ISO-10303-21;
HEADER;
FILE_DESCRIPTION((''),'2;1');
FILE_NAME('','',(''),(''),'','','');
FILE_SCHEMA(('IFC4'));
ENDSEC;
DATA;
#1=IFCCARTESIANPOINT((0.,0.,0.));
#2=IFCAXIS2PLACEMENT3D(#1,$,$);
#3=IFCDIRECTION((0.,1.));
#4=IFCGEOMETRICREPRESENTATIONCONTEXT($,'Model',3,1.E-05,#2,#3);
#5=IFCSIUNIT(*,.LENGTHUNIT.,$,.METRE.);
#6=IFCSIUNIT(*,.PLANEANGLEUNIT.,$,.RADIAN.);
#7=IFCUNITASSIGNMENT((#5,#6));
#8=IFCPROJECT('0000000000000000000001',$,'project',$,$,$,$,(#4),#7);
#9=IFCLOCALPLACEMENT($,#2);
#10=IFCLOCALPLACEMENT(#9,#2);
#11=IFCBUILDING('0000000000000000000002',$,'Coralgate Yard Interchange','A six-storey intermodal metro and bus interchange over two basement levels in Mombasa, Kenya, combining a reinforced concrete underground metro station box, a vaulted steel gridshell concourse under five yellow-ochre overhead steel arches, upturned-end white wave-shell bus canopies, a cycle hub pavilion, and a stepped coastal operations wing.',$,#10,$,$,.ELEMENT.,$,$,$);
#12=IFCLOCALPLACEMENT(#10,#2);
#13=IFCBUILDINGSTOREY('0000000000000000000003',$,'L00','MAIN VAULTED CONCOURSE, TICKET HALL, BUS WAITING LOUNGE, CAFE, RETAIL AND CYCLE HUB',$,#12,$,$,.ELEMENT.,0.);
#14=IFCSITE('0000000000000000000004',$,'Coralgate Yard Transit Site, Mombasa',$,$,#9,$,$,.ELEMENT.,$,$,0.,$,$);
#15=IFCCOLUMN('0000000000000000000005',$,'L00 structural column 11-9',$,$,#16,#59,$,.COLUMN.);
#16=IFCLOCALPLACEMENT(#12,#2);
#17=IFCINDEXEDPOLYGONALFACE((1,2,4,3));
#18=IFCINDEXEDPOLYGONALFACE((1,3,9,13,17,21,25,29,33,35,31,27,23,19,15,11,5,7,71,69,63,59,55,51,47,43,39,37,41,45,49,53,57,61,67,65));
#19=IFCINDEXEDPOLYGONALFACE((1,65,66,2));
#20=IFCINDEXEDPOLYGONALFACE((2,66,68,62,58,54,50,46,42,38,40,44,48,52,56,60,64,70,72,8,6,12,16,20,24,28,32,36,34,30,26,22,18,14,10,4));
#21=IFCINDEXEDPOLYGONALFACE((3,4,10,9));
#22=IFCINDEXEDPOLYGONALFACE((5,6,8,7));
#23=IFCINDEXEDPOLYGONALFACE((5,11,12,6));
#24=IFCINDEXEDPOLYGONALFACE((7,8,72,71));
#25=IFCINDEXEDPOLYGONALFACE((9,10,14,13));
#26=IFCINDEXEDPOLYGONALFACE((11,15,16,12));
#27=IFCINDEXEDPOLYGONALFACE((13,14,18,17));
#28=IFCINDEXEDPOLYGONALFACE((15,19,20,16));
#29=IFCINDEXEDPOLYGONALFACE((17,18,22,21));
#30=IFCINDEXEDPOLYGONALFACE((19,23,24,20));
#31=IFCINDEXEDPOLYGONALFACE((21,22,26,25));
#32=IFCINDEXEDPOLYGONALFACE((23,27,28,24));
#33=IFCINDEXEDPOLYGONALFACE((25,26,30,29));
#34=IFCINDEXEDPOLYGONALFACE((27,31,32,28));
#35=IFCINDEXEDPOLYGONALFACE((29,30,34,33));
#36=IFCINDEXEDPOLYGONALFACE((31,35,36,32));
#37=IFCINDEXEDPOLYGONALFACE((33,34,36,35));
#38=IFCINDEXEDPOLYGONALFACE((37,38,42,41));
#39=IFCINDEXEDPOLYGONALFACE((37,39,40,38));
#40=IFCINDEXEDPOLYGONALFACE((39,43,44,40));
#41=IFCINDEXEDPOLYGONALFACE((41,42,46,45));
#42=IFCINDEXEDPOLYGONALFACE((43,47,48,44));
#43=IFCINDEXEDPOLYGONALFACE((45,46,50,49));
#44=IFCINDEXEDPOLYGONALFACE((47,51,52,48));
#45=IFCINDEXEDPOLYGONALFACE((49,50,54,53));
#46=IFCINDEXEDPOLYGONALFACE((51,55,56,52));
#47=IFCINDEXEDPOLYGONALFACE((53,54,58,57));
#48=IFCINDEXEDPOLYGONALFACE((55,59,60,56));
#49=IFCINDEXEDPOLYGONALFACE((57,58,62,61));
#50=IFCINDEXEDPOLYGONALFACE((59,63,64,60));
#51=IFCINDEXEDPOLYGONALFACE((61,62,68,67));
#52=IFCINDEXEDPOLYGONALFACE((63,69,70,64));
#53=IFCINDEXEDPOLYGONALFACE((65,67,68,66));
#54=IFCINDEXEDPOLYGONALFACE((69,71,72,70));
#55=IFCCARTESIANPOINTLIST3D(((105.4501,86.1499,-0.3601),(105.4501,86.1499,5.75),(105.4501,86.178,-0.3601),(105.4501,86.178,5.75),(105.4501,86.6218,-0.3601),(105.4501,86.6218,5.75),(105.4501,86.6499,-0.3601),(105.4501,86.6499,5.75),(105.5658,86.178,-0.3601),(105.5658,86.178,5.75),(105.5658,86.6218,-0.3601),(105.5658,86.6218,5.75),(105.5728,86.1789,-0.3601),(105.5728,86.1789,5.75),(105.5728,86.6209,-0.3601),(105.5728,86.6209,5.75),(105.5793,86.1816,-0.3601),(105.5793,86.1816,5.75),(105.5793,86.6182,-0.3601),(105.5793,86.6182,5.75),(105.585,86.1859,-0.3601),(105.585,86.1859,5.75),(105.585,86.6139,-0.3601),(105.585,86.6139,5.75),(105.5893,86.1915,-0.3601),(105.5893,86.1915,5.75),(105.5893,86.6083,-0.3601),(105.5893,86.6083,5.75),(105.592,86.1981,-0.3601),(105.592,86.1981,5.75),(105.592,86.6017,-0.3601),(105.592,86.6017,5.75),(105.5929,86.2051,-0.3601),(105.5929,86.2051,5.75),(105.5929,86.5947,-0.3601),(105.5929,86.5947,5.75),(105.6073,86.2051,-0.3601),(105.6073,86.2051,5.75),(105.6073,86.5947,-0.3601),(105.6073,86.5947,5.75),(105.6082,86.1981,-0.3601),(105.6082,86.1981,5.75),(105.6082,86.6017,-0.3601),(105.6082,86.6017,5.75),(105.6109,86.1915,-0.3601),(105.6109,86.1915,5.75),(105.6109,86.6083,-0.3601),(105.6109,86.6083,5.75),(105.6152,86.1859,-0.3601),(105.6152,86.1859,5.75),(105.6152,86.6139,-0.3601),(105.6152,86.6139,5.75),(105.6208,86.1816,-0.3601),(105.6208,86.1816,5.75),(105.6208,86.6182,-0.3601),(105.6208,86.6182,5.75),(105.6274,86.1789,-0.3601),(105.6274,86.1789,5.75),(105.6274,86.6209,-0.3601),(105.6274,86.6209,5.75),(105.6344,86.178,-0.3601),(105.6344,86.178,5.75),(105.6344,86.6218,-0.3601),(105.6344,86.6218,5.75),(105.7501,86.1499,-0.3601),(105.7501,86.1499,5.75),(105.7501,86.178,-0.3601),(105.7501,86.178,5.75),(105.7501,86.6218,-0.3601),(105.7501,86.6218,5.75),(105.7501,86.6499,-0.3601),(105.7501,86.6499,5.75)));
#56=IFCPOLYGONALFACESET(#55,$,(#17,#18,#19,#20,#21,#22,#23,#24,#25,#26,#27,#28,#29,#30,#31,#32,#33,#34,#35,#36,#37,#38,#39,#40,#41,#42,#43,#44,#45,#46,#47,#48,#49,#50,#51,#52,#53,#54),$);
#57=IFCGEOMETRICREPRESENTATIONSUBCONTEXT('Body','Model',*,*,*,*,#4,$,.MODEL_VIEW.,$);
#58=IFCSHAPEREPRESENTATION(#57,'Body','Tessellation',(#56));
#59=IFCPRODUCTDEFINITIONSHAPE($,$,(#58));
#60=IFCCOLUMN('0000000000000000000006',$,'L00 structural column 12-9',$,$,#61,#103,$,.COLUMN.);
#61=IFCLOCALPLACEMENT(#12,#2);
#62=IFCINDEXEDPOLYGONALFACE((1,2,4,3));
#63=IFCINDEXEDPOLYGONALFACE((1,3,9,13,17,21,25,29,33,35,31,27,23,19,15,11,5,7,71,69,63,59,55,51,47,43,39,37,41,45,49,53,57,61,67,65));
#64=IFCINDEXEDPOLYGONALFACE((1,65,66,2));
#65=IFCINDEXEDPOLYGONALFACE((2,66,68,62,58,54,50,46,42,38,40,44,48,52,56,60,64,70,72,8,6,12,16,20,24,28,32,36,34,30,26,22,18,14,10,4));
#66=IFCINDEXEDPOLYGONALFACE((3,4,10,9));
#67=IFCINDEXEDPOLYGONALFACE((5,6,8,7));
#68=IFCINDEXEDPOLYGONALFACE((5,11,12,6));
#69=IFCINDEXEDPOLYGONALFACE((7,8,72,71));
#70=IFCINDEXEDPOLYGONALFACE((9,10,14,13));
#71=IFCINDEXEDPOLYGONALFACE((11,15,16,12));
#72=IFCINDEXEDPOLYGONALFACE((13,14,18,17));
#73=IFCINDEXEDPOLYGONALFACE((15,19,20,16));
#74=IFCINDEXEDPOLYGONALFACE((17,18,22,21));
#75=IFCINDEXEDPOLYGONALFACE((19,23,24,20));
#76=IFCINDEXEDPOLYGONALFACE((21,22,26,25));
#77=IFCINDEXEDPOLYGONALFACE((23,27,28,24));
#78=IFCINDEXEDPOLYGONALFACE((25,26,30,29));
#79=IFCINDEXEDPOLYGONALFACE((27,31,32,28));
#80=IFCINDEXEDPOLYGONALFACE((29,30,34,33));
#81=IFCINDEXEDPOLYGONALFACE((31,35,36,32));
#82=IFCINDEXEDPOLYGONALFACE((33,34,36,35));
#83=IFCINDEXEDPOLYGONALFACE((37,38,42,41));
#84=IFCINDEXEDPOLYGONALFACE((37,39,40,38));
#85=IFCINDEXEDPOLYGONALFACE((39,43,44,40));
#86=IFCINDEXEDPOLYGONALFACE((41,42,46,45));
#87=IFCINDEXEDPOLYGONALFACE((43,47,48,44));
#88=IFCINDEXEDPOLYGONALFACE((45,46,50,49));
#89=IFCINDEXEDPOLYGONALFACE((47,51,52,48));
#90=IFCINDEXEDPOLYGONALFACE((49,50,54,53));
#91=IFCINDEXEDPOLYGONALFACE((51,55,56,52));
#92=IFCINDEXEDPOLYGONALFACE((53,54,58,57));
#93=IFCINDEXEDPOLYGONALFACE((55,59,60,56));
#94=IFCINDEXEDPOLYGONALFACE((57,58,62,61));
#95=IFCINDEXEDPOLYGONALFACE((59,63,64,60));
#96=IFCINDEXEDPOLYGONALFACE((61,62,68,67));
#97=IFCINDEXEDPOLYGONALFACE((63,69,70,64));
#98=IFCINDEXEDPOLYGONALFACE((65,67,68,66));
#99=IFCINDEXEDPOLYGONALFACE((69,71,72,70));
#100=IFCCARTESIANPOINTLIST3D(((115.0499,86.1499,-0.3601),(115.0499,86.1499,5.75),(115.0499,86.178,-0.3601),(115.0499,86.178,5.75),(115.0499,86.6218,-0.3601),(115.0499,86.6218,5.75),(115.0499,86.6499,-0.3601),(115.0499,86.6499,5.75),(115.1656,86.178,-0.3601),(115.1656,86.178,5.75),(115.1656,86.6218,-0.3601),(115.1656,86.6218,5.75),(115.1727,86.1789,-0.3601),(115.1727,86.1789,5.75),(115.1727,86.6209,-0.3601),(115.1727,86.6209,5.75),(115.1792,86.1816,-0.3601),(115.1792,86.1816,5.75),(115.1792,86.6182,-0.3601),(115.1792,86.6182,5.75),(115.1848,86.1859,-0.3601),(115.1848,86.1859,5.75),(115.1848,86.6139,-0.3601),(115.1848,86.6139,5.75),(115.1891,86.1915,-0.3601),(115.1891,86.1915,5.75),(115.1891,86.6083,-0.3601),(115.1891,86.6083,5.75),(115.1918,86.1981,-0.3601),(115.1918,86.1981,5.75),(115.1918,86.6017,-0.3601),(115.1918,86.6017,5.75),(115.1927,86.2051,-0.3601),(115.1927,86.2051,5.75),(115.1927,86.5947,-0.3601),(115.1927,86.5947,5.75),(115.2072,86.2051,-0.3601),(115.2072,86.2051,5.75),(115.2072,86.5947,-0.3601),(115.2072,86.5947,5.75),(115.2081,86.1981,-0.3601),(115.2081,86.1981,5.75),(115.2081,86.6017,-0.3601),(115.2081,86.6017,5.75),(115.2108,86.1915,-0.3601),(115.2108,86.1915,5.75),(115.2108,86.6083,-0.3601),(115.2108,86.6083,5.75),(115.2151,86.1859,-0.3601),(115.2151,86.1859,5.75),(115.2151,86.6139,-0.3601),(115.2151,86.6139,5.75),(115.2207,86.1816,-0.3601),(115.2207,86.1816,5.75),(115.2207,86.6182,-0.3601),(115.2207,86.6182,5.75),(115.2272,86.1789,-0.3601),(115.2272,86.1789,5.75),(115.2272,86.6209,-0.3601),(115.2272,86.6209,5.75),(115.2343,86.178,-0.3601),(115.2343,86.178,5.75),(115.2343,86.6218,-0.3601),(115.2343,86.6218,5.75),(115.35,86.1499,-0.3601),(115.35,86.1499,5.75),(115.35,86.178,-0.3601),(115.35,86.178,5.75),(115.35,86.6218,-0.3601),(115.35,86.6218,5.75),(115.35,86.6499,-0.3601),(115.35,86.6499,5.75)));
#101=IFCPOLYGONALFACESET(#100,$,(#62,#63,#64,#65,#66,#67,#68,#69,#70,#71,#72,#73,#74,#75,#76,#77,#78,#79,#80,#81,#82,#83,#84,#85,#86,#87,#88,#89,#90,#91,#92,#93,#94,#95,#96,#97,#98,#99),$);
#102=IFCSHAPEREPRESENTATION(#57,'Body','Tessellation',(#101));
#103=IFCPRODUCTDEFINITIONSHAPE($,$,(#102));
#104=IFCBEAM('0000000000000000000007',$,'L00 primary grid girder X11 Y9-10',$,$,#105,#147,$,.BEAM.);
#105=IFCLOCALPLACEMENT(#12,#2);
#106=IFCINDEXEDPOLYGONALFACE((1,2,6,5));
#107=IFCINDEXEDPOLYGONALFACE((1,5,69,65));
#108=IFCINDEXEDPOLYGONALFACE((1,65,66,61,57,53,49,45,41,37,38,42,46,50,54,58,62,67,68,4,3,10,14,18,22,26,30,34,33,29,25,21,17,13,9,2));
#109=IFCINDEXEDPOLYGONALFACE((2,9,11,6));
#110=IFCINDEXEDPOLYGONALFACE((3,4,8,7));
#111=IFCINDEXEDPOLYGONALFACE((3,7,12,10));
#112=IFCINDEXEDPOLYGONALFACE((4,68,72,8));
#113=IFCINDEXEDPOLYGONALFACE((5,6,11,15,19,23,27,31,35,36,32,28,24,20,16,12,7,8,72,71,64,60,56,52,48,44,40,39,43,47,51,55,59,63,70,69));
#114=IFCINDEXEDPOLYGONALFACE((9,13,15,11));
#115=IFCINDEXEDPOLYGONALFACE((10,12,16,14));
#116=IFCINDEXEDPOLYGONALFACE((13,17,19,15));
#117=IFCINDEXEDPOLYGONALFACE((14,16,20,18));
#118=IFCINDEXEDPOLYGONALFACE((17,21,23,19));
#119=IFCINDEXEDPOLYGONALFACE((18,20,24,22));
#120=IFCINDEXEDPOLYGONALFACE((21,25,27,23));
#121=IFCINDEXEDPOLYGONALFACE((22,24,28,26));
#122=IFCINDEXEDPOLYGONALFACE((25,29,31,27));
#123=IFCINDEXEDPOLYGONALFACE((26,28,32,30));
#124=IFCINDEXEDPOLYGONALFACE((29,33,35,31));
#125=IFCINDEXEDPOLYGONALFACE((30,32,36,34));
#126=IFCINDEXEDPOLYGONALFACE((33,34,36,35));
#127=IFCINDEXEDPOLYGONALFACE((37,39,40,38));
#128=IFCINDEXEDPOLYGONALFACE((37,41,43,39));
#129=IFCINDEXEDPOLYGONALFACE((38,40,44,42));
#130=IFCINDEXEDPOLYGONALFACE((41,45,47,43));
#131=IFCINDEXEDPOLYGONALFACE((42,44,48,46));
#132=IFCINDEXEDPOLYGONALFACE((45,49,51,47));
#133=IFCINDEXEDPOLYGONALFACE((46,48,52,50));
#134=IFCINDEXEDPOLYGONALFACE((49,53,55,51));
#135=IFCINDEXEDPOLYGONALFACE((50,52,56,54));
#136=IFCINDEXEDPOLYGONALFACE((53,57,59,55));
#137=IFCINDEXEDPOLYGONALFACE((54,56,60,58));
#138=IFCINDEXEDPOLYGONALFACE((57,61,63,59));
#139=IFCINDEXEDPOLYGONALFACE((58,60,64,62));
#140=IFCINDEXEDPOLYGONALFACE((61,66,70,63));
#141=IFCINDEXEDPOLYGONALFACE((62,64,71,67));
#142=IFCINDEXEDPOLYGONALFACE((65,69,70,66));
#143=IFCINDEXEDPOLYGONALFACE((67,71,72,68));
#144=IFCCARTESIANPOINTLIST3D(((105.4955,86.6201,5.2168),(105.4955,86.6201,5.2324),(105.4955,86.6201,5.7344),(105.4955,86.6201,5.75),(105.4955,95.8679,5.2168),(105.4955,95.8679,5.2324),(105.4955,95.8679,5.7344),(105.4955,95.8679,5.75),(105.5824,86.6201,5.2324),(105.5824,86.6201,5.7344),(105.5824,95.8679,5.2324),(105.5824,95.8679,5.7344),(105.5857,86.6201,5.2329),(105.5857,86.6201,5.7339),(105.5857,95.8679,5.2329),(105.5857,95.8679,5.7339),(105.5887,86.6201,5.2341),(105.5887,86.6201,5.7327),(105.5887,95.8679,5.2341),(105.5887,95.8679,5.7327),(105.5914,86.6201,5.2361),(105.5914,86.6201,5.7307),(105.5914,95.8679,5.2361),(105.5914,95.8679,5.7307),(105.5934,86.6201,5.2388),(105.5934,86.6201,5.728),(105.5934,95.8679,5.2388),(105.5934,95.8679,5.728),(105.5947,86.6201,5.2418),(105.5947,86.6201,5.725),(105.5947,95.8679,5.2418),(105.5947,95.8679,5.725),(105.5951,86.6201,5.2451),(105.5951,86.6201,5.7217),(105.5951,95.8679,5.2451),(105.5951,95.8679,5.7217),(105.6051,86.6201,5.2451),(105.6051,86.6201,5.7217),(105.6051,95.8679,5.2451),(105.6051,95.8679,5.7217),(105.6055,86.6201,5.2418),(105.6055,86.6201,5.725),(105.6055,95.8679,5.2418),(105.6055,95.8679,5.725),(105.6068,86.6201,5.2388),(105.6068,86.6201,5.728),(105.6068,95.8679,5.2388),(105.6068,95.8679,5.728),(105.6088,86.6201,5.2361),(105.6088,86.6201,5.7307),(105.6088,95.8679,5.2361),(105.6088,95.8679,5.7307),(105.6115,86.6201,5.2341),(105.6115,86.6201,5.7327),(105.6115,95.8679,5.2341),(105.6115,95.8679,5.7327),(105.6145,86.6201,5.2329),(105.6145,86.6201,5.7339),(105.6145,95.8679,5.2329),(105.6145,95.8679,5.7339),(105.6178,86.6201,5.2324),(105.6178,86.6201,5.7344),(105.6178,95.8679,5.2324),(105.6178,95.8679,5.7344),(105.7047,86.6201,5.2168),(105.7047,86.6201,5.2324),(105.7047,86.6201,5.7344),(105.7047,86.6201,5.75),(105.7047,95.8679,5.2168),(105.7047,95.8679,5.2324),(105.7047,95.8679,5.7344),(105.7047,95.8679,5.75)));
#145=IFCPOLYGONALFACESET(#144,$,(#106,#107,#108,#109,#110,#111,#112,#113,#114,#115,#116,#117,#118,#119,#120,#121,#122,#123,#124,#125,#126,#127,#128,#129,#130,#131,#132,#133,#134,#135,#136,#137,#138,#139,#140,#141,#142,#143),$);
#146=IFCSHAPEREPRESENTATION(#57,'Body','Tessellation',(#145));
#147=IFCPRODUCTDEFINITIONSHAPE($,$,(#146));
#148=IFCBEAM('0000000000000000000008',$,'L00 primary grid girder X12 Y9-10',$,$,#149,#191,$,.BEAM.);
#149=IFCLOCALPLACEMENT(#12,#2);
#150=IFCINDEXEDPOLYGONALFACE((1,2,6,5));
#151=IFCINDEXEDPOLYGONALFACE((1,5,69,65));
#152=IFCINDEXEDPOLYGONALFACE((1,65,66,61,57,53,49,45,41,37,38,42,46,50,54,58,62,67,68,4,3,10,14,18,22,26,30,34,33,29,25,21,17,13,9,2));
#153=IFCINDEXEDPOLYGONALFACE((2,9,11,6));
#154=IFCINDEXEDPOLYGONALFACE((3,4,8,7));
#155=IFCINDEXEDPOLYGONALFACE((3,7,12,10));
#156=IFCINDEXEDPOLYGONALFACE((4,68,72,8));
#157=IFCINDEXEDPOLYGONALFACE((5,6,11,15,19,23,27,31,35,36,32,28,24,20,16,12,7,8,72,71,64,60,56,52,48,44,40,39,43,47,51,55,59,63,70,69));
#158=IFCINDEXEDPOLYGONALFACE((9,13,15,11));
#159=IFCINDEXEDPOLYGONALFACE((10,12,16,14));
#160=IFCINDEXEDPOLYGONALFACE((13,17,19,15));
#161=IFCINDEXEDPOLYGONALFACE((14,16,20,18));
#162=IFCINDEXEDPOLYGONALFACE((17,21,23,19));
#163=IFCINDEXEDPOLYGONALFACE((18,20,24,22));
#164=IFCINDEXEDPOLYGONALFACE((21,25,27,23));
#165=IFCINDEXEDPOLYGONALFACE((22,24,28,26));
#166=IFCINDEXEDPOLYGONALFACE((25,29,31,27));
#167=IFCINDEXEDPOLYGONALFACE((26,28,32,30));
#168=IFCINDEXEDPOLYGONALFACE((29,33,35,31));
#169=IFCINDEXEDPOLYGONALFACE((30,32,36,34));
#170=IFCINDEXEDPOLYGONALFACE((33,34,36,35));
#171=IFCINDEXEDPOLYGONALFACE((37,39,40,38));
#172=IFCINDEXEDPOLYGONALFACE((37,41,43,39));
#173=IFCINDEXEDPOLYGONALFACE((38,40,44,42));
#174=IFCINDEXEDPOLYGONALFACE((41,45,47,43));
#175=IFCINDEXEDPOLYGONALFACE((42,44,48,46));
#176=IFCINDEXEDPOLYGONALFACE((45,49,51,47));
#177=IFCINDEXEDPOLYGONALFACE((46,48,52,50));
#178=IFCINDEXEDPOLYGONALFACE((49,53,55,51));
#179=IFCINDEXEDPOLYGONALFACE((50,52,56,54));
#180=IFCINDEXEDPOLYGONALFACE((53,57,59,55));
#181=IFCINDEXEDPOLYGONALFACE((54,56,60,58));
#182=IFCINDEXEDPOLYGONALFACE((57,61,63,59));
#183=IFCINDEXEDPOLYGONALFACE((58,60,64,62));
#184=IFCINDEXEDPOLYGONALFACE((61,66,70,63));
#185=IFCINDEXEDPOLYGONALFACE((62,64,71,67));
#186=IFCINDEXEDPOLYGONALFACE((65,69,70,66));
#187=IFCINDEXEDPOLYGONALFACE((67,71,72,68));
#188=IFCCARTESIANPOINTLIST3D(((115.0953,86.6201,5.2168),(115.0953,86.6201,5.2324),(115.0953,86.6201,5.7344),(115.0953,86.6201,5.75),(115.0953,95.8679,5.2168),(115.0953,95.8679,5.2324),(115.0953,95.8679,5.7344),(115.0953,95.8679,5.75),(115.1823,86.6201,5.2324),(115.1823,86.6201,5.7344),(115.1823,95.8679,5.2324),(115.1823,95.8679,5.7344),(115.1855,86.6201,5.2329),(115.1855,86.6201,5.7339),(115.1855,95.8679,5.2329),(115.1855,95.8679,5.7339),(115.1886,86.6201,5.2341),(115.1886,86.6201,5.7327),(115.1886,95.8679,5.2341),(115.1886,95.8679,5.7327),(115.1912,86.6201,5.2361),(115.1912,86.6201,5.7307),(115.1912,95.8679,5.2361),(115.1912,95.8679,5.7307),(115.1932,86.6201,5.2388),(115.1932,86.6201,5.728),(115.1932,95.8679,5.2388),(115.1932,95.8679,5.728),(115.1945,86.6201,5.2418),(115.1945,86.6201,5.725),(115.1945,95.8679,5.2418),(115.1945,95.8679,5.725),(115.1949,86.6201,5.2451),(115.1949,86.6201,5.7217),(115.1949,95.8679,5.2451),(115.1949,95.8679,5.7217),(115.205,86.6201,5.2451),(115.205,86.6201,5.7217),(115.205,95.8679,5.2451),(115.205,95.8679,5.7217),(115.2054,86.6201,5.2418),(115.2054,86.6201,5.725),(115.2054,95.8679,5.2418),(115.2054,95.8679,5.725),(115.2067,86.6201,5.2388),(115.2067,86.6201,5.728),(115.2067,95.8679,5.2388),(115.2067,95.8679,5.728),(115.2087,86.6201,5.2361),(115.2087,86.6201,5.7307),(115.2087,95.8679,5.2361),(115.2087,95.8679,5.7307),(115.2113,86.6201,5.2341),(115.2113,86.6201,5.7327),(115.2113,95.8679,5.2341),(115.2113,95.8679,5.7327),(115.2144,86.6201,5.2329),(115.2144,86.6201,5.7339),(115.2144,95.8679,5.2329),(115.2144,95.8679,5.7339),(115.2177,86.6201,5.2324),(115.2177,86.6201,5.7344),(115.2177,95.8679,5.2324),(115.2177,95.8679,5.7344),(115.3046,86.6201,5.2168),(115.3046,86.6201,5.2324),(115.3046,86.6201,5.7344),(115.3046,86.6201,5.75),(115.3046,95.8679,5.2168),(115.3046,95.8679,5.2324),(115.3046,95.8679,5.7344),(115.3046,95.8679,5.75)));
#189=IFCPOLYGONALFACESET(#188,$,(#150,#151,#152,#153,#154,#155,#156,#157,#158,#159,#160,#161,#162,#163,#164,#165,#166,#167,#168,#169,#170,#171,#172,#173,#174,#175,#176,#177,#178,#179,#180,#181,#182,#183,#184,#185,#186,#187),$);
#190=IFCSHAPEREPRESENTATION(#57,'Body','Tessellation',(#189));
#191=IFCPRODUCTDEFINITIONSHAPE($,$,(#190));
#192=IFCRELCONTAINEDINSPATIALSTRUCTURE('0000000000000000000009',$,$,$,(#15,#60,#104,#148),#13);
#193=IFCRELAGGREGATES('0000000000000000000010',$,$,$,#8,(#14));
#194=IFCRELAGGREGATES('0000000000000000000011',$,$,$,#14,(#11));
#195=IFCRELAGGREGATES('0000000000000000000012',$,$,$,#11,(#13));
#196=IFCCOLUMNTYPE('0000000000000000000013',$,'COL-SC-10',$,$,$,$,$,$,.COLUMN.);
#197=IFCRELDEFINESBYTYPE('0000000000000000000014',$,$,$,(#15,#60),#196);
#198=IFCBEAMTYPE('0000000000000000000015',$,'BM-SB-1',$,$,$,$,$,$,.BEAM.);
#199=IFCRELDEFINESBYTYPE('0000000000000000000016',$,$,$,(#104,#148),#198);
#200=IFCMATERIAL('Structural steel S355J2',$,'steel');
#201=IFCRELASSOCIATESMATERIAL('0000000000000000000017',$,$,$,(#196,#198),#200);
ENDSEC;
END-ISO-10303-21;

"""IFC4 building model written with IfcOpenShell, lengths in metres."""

from ifc_helpers import new_model, si_unit, direction, frame, origin, origin_2d, place, context, subcontext, project, spatial, i_section, extrude, material, material_profile, profile_set, type_object, element, save


model = new_model("IFC4")

# Units and contexts
model_context = context("Model", 3, precision=1e-05, world=origin(), true_north=direction((0.0, 1.0)))
body_context = subcontext(model_context, "Body", "Model", "MODEL_VIEW")
ifc_project = project(units=[si_unit("LENGTHUNIT", "METRE"), si_unit("PLANEANGLEUNIT", "RADIAN")], contexts=[model_context])

# Site, building, storey
site_placement = place(None, origin())
site = spatial("IfcSite", under=ifc_project, at=site_placement, Name="Coralgate Yard Transit Site, Mombasa", CompositionType="ELEMENT", RefElevation=0.0)
building_placement = place(site_placement, origin())
building = spatial("IfcBuilding", under=site, at=building_placement, Name="Coralgate Yard Interchange", Description="A six-storey intermodal metro and bus interchange over two basement levels in Mombasa, Kenya, combining a reinforced concrete underground metro station box, a vaulted steel gridshell concourse under five yellow-ochre overhead steel arches, upturned-end white wave-shell bus canopies, a cycle hub pavilion, and a stepped coastal operations wing.", CompositionType="ELEMENT")
storey_placement = place(building_placement, origin())
storey = spatial("IfcBuildingStorey", under=building, at=storey_placement, Name="L00", Description="MAIN VAULTED CONCOURSE, TICKET HALL, BUS WAITING LOUNGE, CAFE, RETAIL AND CYCLE HUB", CompositionType="ELEMENT", Elevation=0.0)

# Columns
ifc_material_1 = material(Name="Structural steel S355J2", Category="steel")
ifc_material_profile_1 = material_profile(ifc_material_1, i_section(OverallWidth=0.3, OverallDepth=0.5, WebThickness=0.0144, FlangeThickness=0.0281, FilletRadius=0.0271, at=origin_2d()), Name="HEB 500")
ifc_profile_set_1 = profile_set([ifc_material_profile_1], Name="Structural steel S355J2")
column_type_1 = type_object("IfcColumnType", Name="COL-SC-10", PredefinedType="COLUMN", material=ifc_profile_set_1)
for number, where, z_axis, x_axis, name in (
    (1, (105.6001, 86.3999, -0.3601), (0.0, 0.0, 1.0), (1.0, 0.0, 0.0), "L00 structural column 11-9"),
    (2, (115.2, 86.3999, -0.3601), (0.0, 0.0, 1.0), (1.0, 0.0, 0.0), "L00 structural column 12-9"),
):
    element("IfcColumn", number, at=place(storey_placement, frame(where, z_axis=z_axis, x_axis=x_axis)), inside=storey, type_object=column_type_1, Name=name, PredefinedType="COLUMN", context=body_context, shape_type="SweptSolid", body=[
        extrude(i_section(OverallWidth=0.3, OverallDepth=0.5, WebThickness=0.0144, FlangeThickness=0.0281, FilletRadius=0.0271, at=origin_2d()), origin(), (0.0, 0.0, 1.0), 6.1101),
    ])

# Beams
ifc_material_profile_2 = material_profile(ifc_material_1, i_section(OverallWidth=0.2092, OverallDepth=0.5332, WebThickness=0.01, FlangeThickness=0.0156, FilletRadius=0.0127, at=origin_2d()), Name="UB 533x210x92")
ifc_profile_set_2 = profile_set([ifc_material_profile_2], Name="Structural steel S355J2")
beam_type_1 = type_object("IfcBeamType", Name="BM-SB-1", PredefinedType="BEAM", material=ifc_profile_set_2)
for number, where, z_axis, x_axis, name in (
    (3, (105.6001, 86.6201, 5.4834), (0.0, 1.0, 0.0), (-1.0, 0.0, 0.0), "L00 primary grid girder X11 Y9-10"),
    (4, (115.2, 86.6201, 5.4834), (0.0, 1.0, 0.0), (-1.0, 0.0, 0.0), "L00 primary grid girder X12 Y9-10"),
):
    element("IfcBeam", number, at=place(storey_placement, frame(where, z_axis=z_axis, x_axis=x_axis)), inside=storey, type_object=beam_type_1, Name=name, PredefinedType="BEAM", context=body_context, shape_type="SweptSolid", body=[
        extrude(i_section(OverallWidth=0.2092, OverallDepth=0.5332, WebThickness=0.01, FlangeThickness=0.0156, FilletRadius=0.0127, at=origin_2d()), origin(), (0.0, 0.0, 1.0), 9.2478),
    ])

save(model, "model.ifc")
